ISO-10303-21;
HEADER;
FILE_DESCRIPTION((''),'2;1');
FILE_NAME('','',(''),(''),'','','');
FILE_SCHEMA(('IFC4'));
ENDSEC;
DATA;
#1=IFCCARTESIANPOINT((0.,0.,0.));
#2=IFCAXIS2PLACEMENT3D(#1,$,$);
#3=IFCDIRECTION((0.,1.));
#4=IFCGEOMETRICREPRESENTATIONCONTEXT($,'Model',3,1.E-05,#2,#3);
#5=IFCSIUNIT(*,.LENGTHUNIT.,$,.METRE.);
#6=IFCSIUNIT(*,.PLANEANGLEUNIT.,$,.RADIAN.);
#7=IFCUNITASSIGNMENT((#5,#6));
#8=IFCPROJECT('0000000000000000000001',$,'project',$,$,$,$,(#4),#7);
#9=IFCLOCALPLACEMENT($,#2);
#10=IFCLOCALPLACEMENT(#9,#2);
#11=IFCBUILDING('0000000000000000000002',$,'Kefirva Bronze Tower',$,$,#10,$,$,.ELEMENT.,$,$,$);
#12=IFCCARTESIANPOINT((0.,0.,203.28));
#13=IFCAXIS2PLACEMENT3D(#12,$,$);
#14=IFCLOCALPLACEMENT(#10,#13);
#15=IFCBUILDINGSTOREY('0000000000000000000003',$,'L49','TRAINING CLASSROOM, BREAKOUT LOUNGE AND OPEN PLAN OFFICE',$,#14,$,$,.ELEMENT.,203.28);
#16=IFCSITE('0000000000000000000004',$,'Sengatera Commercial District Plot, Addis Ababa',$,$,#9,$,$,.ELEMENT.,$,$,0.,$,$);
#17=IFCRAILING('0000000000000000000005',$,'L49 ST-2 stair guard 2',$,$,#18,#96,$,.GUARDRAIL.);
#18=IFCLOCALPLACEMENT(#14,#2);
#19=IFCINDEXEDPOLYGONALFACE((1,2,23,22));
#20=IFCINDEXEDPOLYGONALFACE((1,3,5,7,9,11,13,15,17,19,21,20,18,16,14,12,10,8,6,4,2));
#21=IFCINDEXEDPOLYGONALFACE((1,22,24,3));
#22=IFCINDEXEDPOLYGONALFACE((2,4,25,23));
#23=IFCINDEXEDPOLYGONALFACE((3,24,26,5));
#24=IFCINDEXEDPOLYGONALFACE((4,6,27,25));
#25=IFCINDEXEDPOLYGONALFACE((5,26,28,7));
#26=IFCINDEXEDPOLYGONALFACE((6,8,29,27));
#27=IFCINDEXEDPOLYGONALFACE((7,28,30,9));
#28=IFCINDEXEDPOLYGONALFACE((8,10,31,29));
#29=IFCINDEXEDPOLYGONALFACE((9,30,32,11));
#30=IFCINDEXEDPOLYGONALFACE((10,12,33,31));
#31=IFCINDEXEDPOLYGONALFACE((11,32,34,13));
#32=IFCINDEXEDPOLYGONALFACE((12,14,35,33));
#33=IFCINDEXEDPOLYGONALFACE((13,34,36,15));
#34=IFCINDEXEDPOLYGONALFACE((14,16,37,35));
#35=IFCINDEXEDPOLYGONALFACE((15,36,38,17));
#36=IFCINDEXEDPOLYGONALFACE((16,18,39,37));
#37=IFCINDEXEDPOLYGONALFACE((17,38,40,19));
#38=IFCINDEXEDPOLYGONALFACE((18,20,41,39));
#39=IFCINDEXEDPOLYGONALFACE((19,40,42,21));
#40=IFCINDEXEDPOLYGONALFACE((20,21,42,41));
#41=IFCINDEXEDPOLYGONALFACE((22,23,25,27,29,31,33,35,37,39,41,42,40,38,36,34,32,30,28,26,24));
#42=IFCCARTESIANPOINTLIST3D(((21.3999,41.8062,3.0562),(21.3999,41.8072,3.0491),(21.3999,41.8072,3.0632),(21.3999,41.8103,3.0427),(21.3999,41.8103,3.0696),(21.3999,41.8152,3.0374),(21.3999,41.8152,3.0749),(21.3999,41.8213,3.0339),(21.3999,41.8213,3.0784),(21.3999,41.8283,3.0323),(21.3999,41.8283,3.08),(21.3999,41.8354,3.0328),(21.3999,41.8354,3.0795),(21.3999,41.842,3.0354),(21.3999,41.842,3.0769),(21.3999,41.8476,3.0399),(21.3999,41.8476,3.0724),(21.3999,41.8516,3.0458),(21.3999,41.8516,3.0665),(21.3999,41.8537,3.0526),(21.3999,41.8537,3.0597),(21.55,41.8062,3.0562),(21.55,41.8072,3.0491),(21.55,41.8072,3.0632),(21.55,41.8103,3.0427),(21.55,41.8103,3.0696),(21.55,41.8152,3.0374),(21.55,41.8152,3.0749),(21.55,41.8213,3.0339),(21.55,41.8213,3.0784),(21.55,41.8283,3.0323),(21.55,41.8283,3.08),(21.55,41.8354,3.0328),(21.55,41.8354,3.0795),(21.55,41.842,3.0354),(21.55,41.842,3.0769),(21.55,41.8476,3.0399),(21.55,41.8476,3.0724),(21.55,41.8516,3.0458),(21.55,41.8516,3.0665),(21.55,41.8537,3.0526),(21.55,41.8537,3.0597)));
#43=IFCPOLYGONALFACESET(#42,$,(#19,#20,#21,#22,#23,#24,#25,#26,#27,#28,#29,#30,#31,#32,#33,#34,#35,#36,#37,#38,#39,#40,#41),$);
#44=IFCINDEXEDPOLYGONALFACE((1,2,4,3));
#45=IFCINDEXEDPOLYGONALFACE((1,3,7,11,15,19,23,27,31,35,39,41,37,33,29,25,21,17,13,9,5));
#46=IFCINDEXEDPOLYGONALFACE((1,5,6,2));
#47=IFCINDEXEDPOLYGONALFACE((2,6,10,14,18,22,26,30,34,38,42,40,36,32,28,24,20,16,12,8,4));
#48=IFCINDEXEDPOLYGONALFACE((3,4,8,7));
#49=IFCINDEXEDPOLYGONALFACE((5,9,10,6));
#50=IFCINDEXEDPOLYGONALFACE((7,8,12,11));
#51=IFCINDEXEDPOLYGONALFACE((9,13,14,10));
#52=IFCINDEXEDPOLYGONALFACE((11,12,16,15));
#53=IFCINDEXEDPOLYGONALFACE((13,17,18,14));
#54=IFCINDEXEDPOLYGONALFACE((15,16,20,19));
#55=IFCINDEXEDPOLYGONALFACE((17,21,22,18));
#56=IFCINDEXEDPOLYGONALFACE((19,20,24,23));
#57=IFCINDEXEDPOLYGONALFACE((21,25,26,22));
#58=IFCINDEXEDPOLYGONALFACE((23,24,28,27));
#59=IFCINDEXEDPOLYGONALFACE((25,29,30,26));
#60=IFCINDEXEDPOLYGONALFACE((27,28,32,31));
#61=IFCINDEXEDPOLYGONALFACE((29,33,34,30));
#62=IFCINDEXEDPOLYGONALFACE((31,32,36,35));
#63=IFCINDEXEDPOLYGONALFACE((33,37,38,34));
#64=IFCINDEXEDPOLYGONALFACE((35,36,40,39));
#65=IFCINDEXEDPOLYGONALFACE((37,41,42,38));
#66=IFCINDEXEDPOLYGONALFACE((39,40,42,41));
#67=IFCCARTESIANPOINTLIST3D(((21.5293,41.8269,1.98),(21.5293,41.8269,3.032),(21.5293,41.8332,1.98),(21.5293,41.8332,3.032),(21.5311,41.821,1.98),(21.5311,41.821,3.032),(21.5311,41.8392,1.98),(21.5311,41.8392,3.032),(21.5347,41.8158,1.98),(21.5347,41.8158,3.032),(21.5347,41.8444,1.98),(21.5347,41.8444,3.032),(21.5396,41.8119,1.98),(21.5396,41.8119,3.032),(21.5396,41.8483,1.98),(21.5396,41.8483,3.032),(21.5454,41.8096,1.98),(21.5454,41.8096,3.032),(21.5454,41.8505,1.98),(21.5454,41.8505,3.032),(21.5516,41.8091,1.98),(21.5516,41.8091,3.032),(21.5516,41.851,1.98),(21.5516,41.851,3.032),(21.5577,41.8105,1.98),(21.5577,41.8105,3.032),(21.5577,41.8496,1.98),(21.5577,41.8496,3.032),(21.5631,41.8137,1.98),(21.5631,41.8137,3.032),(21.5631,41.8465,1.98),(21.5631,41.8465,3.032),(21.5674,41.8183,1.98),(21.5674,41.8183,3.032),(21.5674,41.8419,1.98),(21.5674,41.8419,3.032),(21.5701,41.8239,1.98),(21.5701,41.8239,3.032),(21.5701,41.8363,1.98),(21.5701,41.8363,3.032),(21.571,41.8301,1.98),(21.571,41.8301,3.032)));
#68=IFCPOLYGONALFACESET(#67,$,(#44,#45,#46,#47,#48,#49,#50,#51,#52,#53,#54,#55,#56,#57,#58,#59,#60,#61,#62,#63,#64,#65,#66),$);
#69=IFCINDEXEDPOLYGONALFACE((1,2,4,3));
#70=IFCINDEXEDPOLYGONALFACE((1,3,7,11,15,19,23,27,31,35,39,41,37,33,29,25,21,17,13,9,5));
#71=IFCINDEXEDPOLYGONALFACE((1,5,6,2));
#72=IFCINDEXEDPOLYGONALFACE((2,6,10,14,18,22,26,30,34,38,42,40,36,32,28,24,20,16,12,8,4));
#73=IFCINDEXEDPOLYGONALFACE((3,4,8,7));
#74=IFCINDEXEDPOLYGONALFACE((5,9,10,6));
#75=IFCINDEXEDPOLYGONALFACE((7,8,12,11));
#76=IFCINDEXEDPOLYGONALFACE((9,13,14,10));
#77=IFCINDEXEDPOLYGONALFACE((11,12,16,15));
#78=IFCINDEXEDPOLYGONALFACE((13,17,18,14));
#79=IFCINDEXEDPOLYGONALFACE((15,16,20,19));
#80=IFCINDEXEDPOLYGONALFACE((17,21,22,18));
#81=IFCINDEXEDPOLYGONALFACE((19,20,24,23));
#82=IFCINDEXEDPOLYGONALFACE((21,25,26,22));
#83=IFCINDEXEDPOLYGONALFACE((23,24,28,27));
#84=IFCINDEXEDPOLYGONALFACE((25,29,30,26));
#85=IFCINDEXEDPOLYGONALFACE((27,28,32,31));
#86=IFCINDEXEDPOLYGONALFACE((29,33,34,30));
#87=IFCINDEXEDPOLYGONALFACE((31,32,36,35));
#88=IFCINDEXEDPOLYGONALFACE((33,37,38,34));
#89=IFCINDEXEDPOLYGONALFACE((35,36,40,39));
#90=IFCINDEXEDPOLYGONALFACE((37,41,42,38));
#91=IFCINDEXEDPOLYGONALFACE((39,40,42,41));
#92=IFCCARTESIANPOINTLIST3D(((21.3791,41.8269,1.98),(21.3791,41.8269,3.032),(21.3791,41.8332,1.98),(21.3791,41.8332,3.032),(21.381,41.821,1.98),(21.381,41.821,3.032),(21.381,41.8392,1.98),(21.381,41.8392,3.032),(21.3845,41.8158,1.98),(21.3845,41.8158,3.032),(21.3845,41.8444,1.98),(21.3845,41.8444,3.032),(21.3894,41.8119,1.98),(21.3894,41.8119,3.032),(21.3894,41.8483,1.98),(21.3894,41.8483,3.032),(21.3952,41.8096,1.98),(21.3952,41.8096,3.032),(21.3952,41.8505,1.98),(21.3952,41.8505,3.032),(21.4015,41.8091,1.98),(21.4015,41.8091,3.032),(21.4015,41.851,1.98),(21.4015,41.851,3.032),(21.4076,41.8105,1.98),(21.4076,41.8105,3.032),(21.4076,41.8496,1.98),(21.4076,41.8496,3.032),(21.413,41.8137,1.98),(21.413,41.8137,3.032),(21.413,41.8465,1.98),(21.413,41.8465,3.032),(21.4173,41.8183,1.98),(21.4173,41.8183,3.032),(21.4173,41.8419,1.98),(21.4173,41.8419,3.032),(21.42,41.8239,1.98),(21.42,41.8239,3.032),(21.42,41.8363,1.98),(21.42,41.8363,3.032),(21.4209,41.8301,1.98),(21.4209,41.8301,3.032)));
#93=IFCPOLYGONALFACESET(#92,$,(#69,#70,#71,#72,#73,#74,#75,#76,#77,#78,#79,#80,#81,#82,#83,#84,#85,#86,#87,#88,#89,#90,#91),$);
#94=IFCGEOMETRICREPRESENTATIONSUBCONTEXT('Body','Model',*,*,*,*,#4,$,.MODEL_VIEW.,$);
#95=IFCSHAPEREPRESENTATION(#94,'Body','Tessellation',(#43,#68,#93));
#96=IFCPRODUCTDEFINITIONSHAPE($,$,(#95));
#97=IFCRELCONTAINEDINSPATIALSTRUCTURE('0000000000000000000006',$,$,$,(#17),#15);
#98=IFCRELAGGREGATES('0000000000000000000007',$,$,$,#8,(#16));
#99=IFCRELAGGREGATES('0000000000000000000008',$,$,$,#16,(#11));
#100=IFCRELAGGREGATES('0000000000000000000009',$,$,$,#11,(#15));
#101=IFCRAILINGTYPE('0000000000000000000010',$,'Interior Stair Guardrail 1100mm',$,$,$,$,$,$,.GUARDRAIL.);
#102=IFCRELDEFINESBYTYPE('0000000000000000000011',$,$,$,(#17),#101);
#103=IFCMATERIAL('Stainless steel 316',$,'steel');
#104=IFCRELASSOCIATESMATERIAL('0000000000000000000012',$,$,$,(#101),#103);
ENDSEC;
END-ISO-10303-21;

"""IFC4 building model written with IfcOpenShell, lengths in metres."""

from ifc_helpers import new_model, si_unit, direction, frame, origin, origin_2d, place, context, subcontext, project, spatial, circle, extrude, material, type_object, element, save


model = new_model("IFC4")

# Units and contexts
model_context = context("Model", 3, precision=1e-05, world=origin(), true_north=direction((0.0, 1.0)))
body_context = subcontext(model_context, "Body", "Model", "MODEL_VIEW")
ifc_project = project(units=[si_unit("LENGTHUNIT", "METRE"), si_unit("PLANEANGLEUNIT", "RADIAN")], contexts=[model_context])

# Site, building, storey
site_placement = place(None, origin())
site = spatial("IfcSite", under=ifc_project, at=site_placement, Name="Sengatera Commercial District Plot, Addis Ababa", CompositionType="ELEMENT", RefElevation=0.0)
building_placement = place(site_placement, origin())
building = spatial("IfcBuilding", under=site, at=building_placement, Name="Kefirva Bronze Tower", CompositionType="ELEMENT")
storey_placement = place(building_placement, frame((0.0, 0.0, 203.28)))
storey = spatial("IfcBuildingStorey", under=building, at=storey_placement, Name="L49", Description="TRAINING CLASSROOM, BREAKOUT LOUNGE AND OPEN PLAN OFFICE", CompositionType="ELEMENT", Elevation=203.28)

# Railing
ifc_material_1 = material(Name="Stainless steel 316", Category="steel")
railing_type_1 = type_object("IfcRailingType", Name="Interior Stair Guardrail 1100mm", PredefinedType="GUARDRAIL", material=ifc_material_1)
railing_1_placement = place(storey_placement, frame((21.55, 41.8301, 1.98)))
element("IfcRailing", 1, at=railing_1_placement, inside=storey, type_object=railing_type_1, Name="L49 ST-2 stair guard 2", PredefinedType="GUARDRAIL", context=body_context, shape_type="SweptSolid", body=[
    extrude(circle(Radius=0.0239, at=origin_2d()), frame((0.0, 0.0, 1.0762), z_axis=(-1.0, 0.0, 0.0), x_axis=(0.0, -1.0, 0.0)), (0.0, 0.0, 1.0), 0.1501),
    extrude(circle(Radius=0.021, at=origin_2d()), origin(), (0.0, 0.0, 1.0), 1.052),
    extrude(circle(Radius=0.021, at=origin_2d()), frame((-0.1501, 0.0, 0.0)), (0.0, 0.0, 1.0), 1.052),
])

save(model, "model.ifc")
